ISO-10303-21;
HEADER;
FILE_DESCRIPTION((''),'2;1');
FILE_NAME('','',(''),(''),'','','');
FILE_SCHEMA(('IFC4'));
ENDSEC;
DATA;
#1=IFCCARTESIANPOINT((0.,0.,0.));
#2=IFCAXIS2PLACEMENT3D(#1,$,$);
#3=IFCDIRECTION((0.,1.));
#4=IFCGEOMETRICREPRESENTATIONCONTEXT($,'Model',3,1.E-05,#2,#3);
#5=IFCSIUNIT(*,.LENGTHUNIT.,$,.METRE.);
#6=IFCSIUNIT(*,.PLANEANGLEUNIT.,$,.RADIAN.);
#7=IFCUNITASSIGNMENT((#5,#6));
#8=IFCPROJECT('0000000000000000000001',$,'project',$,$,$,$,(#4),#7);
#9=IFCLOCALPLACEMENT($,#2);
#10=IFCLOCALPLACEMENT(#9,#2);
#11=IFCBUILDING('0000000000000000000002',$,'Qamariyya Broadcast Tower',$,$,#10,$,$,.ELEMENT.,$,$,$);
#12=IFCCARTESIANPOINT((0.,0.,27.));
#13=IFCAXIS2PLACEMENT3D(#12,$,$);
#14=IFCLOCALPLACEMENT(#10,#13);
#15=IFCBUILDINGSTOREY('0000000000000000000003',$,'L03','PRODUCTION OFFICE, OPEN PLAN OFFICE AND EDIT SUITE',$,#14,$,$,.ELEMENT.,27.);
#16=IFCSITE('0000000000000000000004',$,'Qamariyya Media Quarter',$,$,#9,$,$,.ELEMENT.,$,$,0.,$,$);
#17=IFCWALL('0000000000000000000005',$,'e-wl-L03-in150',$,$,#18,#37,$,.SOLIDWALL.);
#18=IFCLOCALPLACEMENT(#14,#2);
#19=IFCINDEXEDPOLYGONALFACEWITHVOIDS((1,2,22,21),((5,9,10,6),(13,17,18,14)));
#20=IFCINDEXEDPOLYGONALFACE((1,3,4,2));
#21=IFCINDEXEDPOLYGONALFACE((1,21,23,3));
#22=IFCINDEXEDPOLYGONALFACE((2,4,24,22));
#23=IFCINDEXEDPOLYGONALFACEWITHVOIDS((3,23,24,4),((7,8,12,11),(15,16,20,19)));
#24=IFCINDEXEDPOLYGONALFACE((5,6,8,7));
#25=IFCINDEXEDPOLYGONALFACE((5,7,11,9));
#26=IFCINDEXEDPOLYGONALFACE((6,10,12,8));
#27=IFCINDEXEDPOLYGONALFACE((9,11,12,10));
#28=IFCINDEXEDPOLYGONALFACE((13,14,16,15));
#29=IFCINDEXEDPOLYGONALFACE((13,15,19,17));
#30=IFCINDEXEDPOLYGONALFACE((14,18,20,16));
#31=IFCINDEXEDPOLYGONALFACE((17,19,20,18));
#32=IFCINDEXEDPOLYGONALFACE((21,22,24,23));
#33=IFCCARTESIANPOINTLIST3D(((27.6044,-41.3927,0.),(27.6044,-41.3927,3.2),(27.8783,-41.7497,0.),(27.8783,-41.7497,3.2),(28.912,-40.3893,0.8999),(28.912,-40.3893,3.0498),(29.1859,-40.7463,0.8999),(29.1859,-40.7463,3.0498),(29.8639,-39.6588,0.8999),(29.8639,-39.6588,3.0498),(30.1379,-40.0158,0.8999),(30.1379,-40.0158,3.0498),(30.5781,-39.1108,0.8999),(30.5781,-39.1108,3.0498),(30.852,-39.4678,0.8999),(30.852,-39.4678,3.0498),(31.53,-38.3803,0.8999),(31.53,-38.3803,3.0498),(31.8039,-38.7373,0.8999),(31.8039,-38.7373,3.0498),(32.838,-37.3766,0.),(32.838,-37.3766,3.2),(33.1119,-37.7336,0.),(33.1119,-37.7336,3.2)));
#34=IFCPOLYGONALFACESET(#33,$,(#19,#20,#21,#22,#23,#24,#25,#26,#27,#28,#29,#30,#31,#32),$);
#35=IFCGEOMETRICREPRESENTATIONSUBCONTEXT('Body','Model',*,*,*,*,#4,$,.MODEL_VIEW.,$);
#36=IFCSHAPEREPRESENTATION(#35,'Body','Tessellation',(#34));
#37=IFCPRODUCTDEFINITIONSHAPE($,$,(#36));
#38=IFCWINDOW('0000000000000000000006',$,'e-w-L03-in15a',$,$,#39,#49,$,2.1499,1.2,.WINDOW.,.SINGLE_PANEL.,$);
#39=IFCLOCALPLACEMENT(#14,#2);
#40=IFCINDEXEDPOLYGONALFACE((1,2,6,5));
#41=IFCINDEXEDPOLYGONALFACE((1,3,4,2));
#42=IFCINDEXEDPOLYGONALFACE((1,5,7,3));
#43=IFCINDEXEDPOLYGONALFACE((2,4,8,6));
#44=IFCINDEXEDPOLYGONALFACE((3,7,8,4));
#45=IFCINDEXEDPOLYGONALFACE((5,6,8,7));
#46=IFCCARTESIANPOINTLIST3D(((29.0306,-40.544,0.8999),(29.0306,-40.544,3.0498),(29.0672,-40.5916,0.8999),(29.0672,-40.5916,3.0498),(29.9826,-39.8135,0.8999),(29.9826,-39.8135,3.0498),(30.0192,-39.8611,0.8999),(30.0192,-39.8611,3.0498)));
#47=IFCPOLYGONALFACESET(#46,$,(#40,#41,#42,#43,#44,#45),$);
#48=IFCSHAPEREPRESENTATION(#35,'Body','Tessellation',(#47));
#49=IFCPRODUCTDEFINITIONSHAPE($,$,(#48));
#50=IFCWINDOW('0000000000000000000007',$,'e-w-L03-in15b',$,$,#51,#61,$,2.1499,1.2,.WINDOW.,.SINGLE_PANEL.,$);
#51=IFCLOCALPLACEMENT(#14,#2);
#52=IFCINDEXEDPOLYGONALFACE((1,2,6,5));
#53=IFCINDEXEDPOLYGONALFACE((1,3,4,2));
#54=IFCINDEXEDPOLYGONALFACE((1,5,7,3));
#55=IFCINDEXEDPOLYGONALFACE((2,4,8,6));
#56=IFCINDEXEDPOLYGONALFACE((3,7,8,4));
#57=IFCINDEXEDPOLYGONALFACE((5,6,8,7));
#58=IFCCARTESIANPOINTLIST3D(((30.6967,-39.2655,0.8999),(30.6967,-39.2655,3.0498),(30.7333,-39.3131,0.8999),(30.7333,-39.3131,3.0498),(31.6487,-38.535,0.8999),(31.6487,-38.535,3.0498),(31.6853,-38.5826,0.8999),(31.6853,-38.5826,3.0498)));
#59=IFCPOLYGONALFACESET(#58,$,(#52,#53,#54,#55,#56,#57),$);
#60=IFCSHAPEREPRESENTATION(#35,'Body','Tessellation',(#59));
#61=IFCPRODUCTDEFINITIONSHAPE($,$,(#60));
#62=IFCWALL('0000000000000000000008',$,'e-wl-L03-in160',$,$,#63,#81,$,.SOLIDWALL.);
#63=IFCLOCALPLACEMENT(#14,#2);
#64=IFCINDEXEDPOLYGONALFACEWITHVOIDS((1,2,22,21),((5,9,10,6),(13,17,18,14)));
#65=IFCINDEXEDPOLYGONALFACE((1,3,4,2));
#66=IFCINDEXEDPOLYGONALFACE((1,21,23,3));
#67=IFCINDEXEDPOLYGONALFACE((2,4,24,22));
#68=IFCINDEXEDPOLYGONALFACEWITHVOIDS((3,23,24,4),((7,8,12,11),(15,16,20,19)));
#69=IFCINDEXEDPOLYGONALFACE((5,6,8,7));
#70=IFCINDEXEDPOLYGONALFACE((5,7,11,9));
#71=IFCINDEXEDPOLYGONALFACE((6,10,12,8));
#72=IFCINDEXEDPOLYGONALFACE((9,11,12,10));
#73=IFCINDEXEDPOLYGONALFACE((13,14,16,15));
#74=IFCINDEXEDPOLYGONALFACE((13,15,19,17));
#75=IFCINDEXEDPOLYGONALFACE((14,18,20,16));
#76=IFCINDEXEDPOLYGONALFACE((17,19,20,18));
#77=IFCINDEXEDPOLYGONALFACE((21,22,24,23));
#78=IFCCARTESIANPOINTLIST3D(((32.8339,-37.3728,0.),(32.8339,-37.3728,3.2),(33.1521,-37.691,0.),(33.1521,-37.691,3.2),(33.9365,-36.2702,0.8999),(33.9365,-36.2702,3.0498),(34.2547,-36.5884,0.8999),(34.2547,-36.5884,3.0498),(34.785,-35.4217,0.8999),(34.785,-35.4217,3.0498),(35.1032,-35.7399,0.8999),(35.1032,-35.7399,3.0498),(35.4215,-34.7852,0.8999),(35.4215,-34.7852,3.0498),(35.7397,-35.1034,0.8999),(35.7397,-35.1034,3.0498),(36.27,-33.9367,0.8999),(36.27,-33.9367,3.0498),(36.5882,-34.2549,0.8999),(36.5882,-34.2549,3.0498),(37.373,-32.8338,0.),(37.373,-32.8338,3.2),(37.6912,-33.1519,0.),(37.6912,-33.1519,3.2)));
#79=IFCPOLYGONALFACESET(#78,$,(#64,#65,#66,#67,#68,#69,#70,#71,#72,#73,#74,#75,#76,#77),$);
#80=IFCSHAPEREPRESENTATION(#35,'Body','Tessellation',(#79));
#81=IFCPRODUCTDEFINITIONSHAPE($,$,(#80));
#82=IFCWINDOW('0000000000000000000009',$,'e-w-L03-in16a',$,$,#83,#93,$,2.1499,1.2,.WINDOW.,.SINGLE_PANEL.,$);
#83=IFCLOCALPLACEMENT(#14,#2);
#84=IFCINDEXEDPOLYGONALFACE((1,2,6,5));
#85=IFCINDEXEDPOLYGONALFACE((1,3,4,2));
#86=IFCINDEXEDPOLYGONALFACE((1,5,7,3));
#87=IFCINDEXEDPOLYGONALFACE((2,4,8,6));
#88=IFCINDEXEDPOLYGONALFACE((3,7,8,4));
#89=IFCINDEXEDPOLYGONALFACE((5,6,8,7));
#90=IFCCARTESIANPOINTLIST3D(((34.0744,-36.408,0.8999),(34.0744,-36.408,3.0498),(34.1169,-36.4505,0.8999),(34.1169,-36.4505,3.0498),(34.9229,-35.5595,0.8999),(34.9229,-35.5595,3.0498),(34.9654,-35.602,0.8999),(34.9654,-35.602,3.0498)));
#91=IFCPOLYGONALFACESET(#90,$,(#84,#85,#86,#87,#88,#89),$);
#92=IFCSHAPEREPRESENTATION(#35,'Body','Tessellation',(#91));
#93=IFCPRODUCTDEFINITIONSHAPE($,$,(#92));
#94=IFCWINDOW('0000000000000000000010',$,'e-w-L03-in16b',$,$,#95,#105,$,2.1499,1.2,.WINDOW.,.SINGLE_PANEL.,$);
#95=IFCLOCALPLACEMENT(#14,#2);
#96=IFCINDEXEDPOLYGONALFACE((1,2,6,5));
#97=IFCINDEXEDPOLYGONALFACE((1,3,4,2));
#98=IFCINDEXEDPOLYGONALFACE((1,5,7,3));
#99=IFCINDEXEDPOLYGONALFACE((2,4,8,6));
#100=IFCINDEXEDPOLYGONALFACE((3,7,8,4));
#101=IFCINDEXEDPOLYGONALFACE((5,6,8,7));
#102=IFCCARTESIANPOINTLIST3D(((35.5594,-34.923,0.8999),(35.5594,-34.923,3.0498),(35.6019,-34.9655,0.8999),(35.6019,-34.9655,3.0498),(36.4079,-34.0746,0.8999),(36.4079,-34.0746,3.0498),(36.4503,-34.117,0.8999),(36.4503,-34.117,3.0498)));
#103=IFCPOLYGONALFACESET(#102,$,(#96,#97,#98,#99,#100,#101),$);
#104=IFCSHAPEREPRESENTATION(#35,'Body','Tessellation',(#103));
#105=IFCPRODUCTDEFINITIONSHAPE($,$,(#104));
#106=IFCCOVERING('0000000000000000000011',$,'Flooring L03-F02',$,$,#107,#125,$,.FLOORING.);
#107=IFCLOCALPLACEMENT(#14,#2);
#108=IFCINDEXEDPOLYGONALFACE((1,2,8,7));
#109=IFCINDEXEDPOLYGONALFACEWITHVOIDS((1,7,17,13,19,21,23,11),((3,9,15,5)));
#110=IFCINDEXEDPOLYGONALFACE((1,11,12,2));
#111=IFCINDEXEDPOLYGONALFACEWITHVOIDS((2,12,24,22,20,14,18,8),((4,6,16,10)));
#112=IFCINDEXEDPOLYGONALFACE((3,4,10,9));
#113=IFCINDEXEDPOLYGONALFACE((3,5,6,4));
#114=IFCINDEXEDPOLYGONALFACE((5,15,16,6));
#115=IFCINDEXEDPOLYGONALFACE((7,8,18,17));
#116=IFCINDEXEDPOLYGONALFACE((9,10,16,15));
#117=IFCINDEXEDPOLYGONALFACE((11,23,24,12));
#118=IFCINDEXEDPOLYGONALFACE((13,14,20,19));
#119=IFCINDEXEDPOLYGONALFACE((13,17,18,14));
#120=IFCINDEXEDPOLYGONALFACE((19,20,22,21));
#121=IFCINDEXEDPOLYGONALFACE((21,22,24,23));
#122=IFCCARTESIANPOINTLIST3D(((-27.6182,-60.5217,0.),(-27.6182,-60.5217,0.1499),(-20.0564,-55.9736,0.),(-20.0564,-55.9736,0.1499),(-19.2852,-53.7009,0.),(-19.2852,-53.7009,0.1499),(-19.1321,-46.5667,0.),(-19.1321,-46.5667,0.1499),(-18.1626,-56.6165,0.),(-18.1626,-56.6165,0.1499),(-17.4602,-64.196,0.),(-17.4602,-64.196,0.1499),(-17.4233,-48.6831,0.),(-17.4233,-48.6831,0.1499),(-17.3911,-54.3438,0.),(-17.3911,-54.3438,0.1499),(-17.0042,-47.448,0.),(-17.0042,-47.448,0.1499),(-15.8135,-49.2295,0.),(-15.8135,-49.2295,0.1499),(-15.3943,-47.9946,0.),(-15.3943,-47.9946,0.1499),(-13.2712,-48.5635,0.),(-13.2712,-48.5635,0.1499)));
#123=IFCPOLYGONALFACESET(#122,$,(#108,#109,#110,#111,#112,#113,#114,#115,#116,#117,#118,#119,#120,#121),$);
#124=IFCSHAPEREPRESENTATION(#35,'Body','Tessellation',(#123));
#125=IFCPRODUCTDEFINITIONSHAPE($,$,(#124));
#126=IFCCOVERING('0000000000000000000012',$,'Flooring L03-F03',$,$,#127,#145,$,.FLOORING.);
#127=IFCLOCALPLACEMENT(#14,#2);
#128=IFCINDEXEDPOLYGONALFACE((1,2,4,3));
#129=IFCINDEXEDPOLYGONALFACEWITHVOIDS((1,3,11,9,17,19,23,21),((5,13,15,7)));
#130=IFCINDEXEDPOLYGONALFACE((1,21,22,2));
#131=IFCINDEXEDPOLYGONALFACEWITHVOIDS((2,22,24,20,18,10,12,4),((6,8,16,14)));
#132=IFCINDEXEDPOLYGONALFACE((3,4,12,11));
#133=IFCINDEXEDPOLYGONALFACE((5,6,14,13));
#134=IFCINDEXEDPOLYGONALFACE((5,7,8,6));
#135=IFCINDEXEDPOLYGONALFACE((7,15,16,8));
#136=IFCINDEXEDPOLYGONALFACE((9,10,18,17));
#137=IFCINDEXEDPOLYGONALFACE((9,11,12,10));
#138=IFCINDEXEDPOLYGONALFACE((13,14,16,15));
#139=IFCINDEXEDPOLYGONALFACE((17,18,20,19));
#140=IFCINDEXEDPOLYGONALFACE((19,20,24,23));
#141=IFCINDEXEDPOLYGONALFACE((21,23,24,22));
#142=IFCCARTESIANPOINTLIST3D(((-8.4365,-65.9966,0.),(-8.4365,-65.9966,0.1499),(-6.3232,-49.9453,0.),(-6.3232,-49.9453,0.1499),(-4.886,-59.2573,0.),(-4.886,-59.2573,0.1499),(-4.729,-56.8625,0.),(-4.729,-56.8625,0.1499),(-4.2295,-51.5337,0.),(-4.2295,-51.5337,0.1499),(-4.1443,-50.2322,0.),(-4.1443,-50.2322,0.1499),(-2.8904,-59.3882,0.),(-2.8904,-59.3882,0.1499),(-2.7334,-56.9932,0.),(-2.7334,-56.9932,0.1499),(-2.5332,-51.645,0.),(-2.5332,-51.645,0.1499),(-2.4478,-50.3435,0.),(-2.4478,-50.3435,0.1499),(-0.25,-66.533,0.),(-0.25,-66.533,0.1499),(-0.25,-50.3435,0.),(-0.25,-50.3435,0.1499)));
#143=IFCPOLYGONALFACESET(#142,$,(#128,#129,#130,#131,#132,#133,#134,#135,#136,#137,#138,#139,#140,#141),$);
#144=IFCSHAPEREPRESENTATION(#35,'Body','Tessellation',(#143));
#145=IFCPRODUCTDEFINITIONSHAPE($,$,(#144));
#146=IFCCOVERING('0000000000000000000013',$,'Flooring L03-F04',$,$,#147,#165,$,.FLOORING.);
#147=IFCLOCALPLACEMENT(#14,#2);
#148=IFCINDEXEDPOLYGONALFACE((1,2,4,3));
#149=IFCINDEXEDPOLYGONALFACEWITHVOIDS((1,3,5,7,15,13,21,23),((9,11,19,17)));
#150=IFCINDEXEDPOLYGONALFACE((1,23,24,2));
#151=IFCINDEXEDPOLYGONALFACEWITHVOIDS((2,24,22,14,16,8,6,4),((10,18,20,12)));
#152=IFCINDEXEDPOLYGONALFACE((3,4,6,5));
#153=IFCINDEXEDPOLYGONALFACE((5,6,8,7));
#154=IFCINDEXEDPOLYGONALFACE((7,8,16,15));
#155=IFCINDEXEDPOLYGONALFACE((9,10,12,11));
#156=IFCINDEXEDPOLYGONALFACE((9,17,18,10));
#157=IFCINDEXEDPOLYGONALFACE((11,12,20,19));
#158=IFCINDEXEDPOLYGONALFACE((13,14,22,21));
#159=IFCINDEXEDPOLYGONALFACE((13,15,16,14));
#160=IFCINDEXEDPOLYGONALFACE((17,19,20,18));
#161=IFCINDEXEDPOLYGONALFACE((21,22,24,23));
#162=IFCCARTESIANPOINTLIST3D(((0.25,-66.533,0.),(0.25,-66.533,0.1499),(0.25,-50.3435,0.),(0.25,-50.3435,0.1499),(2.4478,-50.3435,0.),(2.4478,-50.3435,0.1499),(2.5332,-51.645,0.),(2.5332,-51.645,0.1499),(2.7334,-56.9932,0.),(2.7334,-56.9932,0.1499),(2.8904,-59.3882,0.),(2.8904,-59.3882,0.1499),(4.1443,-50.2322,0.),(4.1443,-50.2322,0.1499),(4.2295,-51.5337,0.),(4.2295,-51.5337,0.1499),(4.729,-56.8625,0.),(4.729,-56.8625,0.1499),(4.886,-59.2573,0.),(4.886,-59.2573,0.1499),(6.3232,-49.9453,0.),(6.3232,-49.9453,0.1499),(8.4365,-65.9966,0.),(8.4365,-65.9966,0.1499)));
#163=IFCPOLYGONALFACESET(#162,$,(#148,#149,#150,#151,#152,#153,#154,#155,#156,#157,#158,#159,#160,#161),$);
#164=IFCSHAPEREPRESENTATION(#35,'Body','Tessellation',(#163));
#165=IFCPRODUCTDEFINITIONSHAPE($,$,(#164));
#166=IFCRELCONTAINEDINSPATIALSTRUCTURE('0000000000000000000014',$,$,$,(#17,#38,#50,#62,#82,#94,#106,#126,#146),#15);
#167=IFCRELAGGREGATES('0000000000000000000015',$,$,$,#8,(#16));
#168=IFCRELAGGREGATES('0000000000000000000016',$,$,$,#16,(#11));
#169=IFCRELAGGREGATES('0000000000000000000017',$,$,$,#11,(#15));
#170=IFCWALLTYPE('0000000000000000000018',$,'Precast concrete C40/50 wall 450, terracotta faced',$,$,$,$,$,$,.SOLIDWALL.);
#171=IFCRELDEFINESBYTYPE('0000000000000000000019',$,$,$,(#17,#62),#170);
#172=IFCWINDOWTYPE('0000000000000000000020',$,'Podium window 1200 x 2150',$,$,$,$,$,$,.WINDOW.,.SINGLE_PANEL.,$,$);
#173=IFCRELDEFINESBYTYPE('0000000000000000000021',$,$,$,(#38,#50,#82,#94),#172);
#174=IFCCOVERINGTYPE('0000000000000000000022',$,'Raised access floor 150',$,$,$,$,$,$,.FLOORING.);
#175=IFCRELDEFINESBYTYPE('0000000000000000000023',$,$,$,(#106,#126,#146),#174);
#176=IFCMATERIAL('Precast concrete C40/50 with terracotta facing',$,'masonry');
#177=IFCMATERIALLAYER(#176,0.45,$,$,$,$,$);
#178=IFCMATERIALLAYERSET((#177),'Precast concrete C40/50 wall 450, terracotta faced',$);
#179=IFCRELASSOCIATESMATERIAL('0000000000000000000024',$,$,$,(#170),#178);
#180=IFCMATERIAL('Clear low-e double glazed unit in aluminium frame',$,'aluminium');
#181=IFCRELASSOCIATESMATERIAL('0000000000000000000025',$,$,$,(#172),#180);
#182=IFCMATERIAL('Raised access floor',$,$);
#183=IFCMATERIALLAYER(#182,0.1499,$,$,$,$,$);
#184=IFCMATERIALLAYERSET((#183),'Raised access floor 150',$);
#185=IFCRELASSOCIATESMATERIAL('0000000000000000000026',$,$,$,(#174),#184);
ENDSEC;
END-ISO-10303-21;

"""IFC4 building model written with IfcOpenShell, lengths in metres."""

from ifc_helpers import new_model, si_unit, direction, frame, frame_2d, origin, place, context, subcontext, project, spatial, polyline, rectangle, outline, extrude, material, layer, layer_set, type_object, element, fill, save


model = new_model("IFC4")

# Units and contexts
model_context = context("Model", 3, precision=1e-05, world=origin(), true_north=direction((0.0, 1.0)))
body_context = subcontext(model_context, "Body", "Model", "MODEL_VIEW")
ifc_project = project(units=[si_unit("LENGTHUNIT", "METRE"), si_unit("PLANEANGLEUNIT", "RADIAN")], contexts=[model_context])

# Site, building, storey
site_placement = place(None, origin())
site = spatial("IfcSite", under=ifc_project, at=site_placement, Name="Qamariyya Media Quarter", CompositionType="ELEMENT", RefElevation=0.0)
building_placement = place(site_placement, origin())
building = spatial("IfcBuilding", under=site, at=building_placement, Name="Qamariyya Broadcast Tower", CompositionType="ELEMENT")
storey_placement = place(building_placement, frame((0.0, 0.0, 27.0)))
storey = spatial("IfcBuildingStorey", under=building, at=storey_placement, Name="L03", Description="PRODUCTION OFFICE, OPEN PLAN OFFICE AND EDIT SUITE", CompositionType="ELEMENT", Elevation=27.0)

# Walls, openings, windows
ifc_material_1 = material(Name="Precast concrete C40/50 with terracotta facing", Category="masonry")
ifc_layer_1 = layer(ifc_material_1, 0.45)
ifc_layer_set_1 = layer_set([ifc_layer_1], Name="Precast concrete C40/50 wall 450, terracotta faced")
wall_type_1 = type_object("IfcWallType", Name="Precast concrete C40/50 wall 450, terracotta faced", PredefinedType="SOLIDWALL", material=ifc_layer_set_1)
ifc_material_2 = material(Name="Clear low-e double glazed unit in aluminium frame", Category="aluminium")
window_type = type_object("IfcWindowType", Name="Podium window 1200 x 2150", PartitioningType="SINGLE_PANEL", PredefinedType="WINDOW", material=ifc_material_2)
wall_1_placement = place(storey_placement, frame((32.9749, -37.5552, 0.0), z_axis=(0.0, 0.0, 1.0), x_axis=(-0.793339, -0.60878, 0.0)))
wall_1 = element("IfcWall", 1, at=wall_1_placement, inside=storey, type_object=wall_type_1, Name="e-wl-L03-in150", PredefinedType="SOLIDWALL", context=body_context, shape_type="SweptSolid", body=[
    extrude(rectangle(XDim=6.5969, YDim=0.45, at=frame_2d((3.2983, 0.0))), origin(), (0.0, 0.0, 1.0), 3.2),
])
opening_1_placement = place(wall_1_placement, frame((3.7485, 0.0, 0.8999)))
opening_1 = element("IfcOpeningElement", 2, at=opening_1_placement, cuts=wall_1, PredefinedType="OPENING", context=body_context, shape_type="SweptSolid", body=[
    extrude(rectangle(XDim=1.2, YDim=2.1499, at=frame_2d((0.6001, 1.075))), frame((0.0, 0.2349, 0.0), z_axis=(0.0, -1.0, 0.0), x_axis=(1.0, 0.0, 0.0)), (0.0, 0.0, 1.0), 0.47),
])
opening_2_placement = place(wall_1_placement, frame((1.6484, 0.0, 0.8999)))
opening_2 = element("IfcOpeningElement", 3, at=opening_2_placement, cuts=wall_1, PredefinedType="OPENING", context=body_context, shape_type="SweptSolid", body=[
    extrude(rectangle(XDim=1.2, YDim=2.1499, at=frame_2d((0.6001, 1.075))), frame((0.0, 0.2349, 0.0), z_axis=(0.0, -1.0, 0.0), x_axis=(1.0, 0.0, 0.0)), (0.0, 0.0, 1.0), 0.47),
])
window_1_placement = place(opening_1_placement, origin())
window_1 = element("IfcWindow", 4, at=window_1_placement, inside=storey, type_object=window_type, Name="e-w-L03-in15a", OverallHeight=2.1499, OverallWidth=1.2, PartitioningType="SINGLE_PANEL", PredefinedType="WINDOW", context=body_context, shape_type="SweptSolid", body=[
    extrude(rectangle(XDim=1.2, YDim=2.1499, at=frame_2d((0.6001, 1.075))), frame((0.0, 0.03, 0.0), z_axis=(0.0, -1.0, 0.0), x_axis=(1.0, 0.0, 0.0)), (0.0, 0.0, 1.0), 0.0601),
])
fill(opening_1, window_1)
window_2_placement = place(opening_2_placement, origin())
window_2 = element("IfcWindow", 5, at=window_2_placement, inside=storey, type_object=window_type, Name="e-w-L03-in15b", OverallHeight=2.1499, OverallWidth=1.2, PartitioningType="SINGLE_PANEL", PredefinedType="WINDOW", context=body_context, shape_type="SweptSolid", body=[
    extrude(rectangle(XDim=1.2, YDim=2.1499, at=frame_2d((0.6001, 1.075))), frame((0.0, 0.03, 0.0), z_axis=(0.0, -1.0, 0.0), x_axis=(1.0, 0.0, 0.0)), (0.0, 0.0, 1.0), 0.0601),
])
fill(opening_2, window_2)
wall_2_placement = place(storey_placement, frame((37.532, -32.9929, 0.0), z_axis=(0.0, 0.0, 1.0), x_axis=(-0.707107, -0.707107, 0.0)))
wall_2 = element("IfcWall", 6, at=wall_2_placement, inside=storey, type_object=wall_type_1, Name="e-wl-L03-in160", PredefinedType="SOLIDWALL", context=body_context, shape_type="SweptSolid", body=[
    extrude(rectangle(XDim=6.4192, YDim=0.45, at=frame_2d((3.2095, 0.0))), origin(), (0.0, 0.0, 1.0), 3.2),
])
opening_3_placement = place(wall_2_placement, frame((3.6597, 0.0, 0.8999)))
opening_3 = element("IfcOpeningElement", 7, at=opening_3_placement, cuts=wall_2, PredefinedType="OPENING", context=body_context, shape_type="SweptSolid", body=[
    extrude(rectangle(XDim=1.2, YDim=2.1499, at=frame_2d((0.6001, 1.075))), frame((0.0, 0.2349, 0.0), z_axis=(0.0, -1.0, 0.0), x_axis=(1.0, 0.0, 0.0)), (0.0, 0.0, 1.0), 0.47),
])
opening_4_placement = place(wall_2_placement, frame((1.5596, 0.0, 0.8999)))
opening_4 = element("IfcOpeningElement", 8, at=opening_4_placement, cuts=wall_2, PredefinedType="OPENING", context=body_context, shape_type="SweptSolid", body=[
    extrude(rectangle(XDim=1.2, YDim=2.1499, at=frame_2d((0.6001, 1.075))), frame((0.0, 0.2349, 0.0), z_axis=(0.0, -1.0, 0.0), x_axis=(1.0, 0.0, 0.0)), (0.0, 0.0, 1.0), 0.47),
])
window_3_placement = place(opening_3_placement, origin())
window_3 = element("IfcWindow", 9, at=window_3_placement, inside=storey, type_object=window_type, Name="e-w-L03-in16a", OverallHeight=2.1499, OverallWidth=1.2, PartitioningType="SINGLE_PANEL", PredefinedType="WINDOW", context=body_context, shape_type="SweptSolid", body=[
    extrude(rectangle(XDim=1.2, YDim=2.1499, at=frame_2d((0.6001, 1.075))), frame((0.0, 0.03, 0.0), z_axis=(0.0, -1.0, 0.0), x_axis=(1.0, 0.0, 0.0)), (0.0, 0.0, 1.0), 0.0601),
])
fill(opening_3, window_3)
window_4_placement = place(opening_4_placement, origin())
window_4 = element("IfcWindow", 10, at=window_4_placement, inside=storey, type_object=window_type, Name="e-w-L03-in16b", OverallHeight=2.1499, OverallWidth=1.2, PartitioningType="SINGLE_PANEL", PredefinedType="WINDOW", context=body_context, shape_type="SweptSolid", body=[
    extrude(rectangle(XDim=1.2, YDim=2.1499, at=frame_2d((0.6001, 1.075))), frame((0.0, 0.03, 0.0), z_axis=(0.0, -1.0, 0.0), x_axis=(1.0, 0.0, 0.0)), (0.0, 0.0, 1.0), 0.0601),
])
fill(opening_4, window_4)

# Coverings
ifc_material_3 = material(Name="Raised access floor")
ifc_layer_2 = layer(ifc_material_3, 0.1499)
ifc_layer_set_2 = layer_set([ifc_layer_2], Name="Raised access floor 150")
covering_type_1 = type_object("IfcCoveringType", Name="Raised access floor 150", PredefinedType="FLOORING", material=ifc_layer_set_2)
covering_1_placement = place(storey_placement, origin())
element("IfcCovering", 11, at=covering_1_placement, inside=storey, type_object=covering_type_1, Name="Flooring L03-F02", PredefinedType="FLOORING", context=body_context, shape_type="SweptSolid", body=[
    extrude(outline(polyline([(-19.1321, -46.5667), (-17.0042, -47.448), (-17.4233, -48.6831), (-15.8135, -49.2295), (-15.3943, -47.9946), (-13.2712, -48.5635), (-17.4602, -64.196), (-27.6182, -60.5217), (-19.1321, -46.5667)]), holes=[polyline([(-20.0564, -55.9736), (-18.1626, -56.6165), (-17.3911, -54.3438), (-19.2852, -53.7009), (-20.0564, -55.9736)])]), origin(), (0.0, 0.0, 1.0), 0.1499),
])
covering_2_placement = place(storey_placement, origin())
element("IfcCovering", 12, at=covering_2_placement, inside=storey, type_object=covering_type_1, Name="Flooring L03-F03", PredefinedType="FLOORING", context=body_context, shape_type="SweptSolid", body=[
    extrude(outline(polyline([(-6.3232, -49.9453), (-4.1443, -50.2322), (-4.2295, -51.5337), (-2.5332, -51.645), (-2.4478, -50.3435), (-0.25, -50.3435), (-0.25, -66.533), (-8.4365, -65.9966), (-6.3232, -49.9453)]), holes=[polyline([(-4.729, -56.8625), (-4.886, -59.2573), (-2.8904, -59.3882), (-2.7334, -56.9932), (-4.729, -56.8625)])]), origin(), (0.0, 0.0, 1.0), 0.1499),
])
covering_3_placement = place(storey_placement, origin())
element("IfcCovering", 13, at=covering_3_placement, inside=storey, type_object=covering_type_1, Name="Flooring L03-F04", PredefinedType="FLOORING", context=body_context, shape_type="SweptSolid", body=[
    extrude(outline(polyline([(0.25, -50.3435), (2.4478, -50.3435), (2.5332, -51.645), (4.2295, -51.5337), (4.1443, -50.2322), (6.3232, -49.9453), (8.4365, -65.9966), (0.25, -66.533), (0.25, -50.3435)]), holes=[polyline([(2.7334, -56.9932), (2.8904, -59.3882), (4.886, -59.2573), (4.729, -56.8625), (2.7334, -56.9932)])]), origin(), (0.0, 0.0, 1.0), 0.1499),
])

save(model, "model.ifc")
